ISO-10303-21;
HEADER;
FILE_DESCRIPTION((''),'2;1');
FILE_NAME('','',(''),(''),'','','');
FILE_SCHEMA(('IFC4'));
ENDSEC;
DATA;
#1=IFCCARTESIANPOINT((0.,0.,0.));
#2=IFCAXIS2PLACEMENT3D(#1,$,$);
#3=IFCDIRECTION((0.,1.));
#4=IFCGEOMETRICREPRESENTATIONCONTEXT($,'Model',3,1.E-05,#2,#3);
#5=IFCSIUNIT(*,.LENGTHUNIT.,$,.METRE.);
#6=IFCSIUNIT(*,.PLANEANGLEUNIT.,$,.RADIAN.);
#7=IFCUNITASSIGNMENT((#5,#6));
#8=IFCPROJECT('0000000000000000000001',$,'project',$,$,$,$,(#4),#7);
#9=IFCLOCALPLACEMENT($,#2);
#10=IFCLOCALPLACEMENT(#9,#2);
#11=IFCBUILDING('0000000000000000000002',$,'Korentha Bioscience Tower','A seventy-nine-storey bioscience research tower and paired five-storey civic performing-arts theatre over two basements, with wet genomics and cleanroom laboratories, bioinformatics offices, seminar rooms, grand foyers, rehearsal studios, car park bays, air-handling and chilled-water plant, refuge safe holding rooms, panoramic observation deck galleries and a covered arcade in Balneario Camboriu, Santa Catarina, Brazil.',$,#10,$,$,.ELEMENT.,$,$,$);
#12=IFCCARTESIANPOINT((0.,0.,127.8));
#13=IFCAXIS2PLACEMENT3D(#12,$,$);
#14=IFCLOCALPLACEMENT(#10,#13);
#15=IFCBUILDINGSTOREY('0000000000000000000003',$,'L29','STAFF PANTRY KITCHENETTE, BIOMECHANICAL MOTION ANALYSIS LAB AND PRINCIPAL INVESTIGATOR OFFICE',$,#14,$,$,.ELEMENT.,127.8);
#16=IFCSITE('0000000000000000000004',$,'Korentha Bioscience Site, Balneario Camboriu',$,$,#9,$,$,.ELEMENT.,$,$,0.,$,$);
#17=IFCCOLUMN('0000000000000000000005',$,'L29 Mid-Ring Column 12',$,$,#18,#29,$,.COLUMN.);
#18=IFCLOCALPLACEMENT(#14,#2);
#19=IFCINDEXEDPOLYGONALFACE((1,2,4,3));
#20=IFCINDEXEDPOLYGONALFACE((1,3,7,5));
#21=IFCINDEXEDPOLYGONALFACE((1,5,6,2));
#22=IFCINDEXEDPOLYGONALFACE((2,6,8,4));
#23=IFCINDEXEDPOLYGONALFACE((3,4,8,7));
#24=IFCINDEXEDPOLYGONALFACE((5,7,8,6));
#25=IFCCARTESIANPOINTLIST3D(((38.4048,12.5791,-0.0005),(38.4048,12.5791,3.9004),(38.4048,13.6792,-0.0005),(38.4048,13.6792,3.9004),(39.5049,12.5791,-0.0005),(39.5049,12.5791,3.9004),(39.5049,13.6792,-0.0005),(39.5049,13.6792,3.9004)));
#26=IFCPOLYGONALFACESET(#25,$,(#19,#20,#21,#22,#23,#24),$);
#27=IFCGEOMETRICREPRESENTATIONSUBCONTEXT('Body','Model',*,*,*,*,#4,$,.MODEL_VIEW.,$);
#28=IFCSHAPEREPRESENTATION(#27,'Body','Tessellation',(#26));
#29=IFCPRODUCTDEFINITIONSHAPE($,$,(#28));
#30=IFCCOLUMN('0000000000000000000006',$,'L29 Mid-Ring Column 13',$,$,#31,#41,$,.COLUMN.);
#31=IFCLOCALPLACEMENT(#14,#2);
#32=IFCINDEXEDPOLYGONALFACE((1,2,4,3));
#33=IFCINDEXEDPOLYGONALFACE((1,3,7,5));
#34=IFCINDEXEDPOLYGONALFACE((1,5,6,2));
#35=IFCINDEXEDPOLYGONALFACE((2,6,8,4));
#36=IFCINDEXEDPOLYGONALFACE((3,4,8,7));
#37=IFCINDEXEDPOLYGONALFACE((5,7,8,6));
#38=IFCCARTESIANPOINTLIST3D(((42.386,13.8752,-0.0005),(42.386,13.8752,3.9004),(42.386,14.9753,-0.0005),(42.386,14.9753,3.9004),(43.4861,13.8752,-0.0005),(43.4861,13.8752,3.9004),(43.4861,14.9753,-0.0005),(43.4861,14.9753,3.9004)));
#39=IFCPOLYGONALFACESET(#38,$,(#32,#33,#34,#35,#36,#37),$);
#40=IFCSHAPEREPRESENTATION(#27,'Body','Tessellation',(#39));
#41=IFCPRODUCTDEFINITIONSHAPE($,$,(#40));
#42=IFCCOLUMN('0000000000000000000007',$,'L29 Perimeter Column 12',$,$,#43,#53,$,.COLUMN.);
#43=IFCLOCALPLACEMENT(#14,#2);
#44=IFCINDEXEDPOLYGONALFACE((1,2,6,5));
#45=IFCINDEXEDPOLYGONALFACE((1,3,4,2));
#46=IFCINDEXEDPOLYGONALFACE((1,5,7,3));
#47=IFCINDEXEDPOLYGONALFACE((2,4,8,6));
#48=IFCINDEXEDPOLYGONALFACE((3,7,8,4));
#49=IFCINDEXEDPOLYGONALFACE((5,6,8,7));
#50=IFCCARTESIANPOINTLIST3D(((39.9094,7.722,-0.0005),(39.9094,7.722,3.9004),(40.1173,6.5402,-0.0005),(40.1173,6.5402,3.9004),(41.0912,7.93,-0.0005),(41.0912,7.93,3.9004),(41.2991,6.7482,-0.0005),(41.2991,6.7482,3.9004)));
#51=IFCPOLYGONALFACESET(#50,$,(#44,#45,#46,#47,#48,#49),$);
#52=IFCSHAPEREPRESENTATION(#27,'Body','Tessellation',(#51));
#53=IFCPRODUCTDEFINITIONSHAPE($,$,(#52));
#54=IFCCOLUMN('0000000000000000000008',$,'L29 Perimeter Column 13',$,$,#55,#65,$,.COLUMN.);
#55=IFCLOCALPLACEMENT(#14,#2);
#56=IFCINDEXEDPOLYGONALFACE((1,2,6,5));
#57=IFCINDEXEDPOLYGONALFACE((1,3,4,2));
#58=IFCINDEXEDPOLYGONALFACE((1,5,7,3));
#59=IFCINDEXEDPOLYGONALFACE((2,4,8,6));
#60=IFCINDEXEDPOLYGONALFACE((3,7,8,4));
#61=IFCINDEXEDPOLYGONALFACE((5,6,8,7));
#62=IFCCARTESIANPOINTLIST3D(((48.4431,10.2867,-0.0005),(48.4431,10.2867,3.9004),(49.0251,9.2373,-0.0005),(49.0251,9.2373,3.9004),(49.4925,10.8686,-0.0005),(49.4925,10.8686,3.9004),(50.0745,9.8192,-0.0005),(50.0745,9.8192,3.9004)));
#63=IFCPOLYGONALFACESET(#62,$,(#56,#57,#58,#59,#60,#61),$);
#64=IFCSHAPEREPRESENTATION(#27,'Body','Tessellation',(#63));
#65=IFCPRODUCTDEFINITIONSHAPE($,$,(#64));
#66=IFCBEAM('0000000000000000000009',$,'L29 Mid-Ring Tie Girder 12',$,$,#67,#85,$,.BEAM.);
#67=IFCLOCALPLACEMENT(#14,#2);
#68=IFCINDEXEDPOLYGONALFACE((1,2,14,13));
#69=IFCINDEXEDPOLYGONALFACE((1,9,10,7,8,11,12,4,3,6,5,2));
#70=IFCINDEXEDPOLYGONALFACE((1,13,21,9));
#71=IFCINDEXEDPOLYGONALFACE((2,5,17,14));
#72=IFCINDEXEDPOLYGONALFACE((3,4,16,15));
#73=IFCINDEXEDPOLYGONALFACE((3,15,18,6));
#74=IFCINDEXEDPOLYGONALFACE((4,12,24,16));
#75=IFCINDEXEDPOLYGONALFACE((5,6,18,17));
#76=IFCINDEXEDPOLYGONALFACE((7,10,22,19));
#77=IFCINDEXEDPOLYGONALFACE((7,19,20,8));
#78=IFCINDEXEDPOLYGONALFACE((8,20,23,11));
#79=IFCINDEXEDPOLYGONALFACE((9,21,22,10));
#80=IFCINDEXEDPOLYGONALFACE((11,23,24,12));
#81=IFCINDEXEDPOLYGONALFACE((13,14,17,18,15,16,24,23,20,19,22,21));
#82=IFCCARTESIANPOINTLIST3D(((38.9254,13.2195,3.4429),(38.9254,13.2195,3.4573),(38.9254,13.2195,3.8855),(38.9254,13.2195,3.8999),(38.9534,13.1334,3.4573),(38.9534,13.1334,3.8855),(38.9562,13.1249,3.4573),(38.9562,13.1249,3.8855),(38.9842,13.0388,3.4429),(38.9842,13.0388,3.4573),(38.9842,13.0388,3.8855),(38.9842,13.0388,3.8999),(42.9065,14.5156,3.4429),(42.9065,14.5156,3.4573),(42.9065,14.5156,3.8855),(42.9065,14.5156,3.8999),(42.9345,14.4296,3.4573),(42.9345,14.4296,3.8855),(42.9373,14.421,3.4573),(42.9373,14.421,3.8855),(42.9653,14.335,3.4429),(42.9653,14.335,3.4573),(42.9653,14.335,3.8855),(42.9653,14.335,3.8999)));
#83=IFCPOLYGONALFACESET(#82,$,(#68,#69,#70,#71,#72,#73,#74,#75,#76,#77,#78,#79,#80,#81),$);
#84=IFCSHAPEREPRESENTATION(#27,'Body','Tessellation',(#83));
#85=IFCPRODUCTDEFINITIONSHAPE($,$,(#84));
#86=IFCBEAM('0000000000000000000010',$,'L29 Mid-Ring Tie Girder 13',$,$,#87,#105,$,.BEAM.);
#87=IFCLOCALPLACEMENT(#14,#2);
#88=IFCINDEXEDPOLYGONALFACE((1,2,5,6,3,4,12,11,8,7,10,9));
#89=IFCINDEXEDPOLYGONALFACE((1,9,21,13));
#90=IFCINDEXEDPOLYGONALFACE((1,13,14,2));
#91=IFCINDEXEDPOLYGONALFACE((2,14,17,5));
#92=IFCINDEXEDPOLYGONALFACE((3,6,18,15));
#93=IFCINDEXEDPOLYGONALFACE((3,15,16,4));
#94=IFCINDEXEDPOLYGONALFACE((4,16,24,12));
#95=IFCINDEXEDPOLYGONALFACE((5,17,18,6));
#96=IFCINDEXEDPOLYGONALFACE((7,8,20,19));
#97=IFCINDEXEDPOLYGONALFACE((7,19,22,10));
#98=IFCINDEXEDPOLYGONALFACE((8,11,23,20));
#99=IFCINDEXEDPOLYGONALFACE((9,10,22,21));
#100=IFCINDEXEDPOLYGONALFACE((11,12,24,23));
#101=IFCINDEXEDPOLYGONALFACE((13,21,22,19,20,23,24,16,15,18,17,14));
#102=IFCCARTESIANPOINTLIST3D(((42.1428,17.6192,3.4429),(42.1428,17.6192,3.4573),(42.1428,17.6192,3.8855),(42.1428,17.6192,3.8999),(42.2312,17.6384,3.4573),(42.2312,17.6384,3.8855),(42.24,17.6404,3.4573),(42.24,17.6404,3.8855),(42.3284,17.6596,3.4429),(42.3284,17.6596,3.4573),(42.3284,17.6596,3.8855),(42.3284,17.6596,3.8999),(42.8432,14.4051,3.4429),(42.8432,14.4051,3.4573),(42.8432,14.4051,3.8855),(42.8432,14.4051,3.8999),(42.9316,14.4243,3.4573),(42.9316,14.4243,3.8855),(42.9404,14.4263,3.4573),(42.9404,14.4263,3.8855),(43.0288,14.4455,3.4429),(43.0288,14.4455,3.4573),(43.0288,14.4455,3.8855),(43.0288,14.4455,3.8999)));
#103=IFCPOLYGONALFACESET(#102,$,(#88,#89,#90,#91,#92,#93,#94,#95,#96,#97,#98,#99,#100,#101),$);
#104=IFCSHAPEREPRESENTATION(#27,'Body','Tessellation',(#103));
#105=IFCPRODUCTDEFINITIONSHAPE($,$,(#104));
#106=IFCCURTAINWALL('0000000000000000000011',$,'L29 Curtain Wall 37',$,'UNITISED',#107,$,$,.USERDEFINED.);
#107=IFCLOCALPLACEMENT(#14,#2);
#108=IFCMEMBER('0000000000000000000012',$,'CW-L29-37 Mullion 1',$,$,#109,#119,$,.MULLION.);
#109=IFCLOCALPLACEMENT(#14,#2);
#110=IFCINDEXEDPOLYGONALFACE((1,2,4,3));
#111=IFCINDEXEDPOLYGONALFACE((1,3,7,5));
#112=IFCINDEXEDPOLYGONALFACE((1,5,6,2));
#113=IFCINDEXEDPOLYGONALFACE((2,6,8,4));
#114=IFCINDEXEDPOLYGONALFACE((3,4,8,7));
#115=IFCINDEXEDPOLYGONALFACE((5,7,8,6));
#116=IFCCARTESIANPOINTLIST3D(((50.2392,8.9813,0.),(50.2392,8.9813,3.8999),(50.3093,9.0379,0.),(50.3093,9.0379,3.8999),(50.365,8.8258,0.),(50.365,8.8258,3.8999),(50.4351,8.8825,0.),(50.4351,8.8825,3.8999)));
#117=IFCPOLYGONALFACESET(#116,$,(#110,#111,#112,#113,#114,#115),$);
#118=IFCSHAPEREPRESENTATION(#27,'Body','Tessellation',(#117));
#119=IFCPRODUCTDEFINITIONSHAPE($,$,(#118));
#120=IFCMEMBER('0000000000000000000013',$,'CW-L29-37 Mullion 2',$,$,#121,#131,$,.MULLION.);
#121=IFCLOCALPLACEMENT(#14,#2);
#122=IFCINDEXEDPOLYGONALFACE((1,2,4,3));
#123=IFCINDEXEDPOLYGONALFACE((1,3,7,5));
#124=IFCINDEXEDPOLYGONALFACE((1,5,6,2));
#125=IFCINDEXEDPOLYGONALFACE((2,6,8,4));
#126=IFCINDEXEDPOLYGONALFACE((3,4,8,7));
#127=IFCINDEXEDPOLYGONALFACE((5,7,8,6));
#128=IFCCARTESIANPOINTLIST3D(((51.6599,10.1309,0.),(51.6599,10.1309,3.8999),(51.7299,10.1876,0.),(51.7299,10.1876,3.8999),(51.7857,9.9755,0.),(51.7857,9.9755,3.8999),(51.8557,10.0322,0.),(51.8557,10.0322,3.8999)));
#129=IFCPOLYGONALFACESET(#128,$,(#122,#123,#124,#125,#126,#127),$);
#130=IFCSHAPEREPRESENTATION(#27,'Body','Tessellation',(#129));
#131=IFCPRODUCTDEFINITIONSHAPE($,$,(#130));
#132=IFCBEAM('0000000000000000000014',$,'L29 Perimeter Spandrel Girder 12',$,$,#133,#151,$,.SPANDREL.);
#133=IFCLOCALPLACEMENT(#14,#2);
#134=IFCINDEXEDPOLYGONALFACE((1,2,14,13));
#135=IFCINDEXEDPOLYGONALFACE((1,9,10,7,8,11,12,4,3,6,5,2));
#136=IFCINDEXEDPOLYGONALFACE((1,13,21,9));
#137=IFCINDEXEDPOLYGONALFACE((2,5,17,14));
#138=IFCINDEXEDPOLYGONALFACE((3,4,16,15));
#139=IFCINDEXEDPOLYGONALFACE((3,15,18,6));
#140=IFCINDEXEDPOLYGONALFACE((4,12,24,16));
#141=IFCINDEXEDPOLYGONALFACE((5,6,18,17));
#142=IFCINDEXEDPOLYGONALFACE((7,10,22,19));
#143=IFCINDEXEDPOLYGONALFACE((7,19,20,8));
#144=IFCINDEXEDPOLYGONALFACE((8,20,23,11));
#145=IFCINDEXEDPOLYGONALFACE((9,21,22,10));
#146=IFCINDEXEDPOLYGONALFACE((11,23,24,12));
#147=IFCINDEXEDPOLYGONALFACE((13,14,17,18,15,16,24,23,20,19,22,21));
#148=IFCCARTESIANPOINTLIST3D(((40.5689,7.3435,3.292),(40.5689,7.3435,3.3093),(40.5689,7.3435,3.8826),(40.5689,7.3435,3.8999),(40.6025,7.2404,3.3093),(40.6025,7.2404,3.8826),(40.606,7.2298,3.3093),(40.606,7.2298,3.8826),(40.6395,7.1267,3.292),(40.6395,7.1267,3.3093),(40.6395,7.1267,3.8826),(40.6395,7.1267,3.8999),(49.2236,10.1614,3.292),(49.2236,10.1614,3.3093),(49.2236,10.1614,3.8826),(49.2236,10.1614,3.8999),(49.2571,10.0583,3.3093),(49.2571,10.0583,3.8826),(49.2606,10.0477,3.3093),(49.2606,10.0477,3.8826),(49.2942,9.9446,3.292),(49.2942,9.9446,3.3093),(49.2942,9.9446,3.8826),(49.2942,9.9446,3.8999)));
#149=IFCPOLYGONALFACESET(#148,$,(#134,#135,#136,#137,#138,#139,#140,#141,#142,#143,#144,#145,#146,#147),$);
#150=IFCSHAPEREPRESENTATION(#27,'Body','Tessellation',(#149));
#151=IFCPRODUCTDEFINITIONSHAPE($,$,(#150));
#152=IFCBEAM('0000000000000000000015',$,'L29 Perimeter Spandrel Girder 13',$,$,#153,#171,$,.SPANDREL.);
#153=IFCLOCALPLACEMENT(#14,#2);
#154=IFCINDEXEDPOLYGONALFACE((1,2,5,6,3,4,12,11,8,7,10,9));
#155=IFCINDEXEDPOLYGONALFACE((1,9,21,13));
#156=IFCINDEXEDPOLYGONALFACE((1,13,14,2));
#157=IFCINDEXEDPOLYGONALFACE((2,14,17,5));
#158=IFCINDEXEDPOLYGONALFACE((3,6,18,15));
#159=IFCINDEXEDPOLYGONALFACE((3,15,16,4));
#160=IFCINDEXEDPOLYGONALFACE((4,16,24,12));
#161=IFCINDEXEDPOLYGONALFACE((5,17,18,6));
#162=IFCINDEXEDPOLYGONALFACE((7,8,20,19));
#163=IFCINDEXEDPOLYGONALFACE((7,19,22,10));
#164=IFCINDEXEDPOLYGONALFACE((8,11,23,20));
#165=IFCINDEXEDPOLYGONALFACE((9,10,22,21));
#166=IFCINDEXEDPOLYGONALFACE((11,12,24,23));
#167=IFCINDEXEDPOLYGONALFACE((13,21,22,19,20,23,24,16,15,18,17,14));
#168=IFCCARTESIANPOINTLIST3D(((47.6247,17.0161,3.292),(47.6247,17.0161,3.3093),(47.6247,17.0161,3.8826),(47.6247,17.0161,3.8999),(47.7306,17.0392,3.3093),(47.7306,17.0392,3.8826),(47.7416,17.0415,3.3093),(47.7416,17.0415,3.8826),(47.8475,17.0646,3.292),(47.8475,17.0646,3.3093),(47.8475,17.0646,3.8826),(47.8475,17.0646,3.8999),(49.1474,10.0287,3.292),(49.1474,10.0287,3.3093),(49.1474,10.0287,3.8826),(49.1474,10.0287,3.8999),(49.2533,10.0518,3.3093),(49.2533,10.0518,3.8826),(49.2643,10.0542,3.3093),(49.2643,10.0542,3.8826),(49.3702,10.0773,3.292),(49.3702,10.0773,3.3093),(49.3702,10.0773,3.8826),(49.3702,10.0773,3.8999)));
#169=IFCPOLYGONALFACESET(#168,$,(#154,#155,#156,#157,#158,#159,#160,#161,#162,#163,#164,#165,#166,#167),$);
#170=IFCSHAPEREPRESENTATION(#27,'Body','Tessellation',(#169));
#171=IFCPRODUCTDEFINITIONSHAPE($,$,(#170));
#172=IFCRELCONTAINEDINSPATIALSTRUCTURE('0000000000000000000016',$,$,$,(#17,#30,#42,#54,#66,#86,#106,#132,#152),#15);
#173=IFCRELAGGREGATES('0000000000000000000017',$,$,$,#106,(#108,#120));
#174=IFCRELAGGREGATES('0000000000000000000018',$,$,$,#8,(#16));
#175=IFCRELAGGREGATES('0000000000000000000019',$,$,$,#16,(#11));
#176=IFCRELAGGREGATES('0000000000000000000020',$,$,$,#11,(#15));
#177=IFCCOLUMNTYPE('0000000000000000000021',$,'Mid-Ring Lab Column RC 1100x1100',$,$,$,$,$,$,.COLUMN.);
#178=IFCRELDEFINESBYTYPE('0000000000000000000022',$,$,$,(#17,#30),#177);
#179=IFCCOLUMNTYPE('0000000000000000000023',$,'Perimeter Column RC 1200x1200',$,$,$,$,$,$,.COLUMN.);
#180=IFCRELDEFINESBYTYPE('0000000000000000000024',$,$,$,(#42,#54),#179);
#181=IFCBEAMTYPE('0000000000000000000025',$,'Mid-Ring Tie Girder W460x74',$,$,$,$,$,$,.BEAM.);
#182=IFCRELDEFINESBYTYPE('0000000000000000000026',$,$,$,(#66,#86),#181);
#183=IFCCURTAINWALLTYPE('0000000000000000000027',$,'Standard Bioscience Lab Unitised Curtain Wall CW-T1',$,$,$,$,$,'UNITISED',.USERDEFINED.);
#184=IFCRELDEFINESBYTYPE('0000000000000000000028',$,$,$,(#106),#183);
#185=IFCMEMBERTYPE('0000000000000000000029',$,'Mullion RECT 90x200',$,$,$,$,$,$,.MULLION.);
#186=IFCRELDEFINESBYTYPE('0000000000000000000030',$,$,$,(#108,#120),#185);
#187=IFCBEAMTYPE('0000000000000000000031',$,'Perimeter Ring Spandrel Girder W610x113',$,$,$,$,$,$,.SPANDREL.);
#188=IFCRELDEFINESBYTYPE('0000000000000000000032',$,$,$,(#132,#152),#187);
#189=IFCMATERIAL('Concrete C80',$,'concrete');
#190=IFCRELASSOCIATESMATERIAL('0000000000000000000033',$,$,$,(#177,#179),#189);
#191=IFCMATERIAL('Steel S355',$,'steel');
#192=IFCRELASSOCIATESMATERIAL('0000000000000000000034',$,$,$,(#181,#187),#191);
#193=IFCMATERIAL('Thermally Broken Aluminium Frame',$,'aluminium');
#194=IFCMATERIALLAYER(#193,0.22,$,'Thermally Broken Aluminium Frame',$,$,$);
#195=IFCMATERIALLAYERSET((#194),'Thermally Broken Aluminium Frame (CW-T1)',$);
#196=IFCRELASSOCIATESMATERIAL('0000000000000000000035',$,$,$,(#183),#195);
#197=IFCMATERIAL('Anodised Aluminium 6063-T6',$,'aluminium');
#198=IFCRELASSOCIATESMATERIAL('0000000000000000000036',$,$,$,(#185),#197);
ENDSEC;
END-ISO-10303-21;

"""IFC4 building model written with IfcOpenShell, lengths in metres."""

from ifc_helpers import new_model, si_unit, direction, frame, origin, origin_2d, place, context, subcontext, project, spatial, rectangle, i_section, extrude, material, layer, layer_set, material_profile, profile_set, type_object, element, aggregate, save


model = new_model("IFC4")

# Units and contexts
model_context = context("Model", 3, precision=1e-05, world=origin(), true_north=direction((0.0, 1.0)))
body_context = subcontext(model_context, "Body", "Model", "MODEL_VIEW")
ifc_project = project(units=[si_unit("LENGTHUNIT", "METRE"), si_unit("PLANEANGLEUNIT", "RADIAN")], contexts=[model_context])

# Site, building, storey
site_placement = place(None, origin())
site = spatial("IfcSite", under=ifc_project, at=site_placement, Name="Korentha Bioscience Site, Balneario Camboriu", CompositionType="ELEMENT", RefElevation=0.0)
building_placement = place(site_placement, origin())
building = spatial("IfcBuilding", under=site, at=building_placement, Name="Korentha Bioscience Tower", Description="A seventy-nine-storey bioscience research tower and paired five-storey civic performing-arts theatre over two basements, with wet genomics and cleanroom laboratories, bioinformatics offices, seminar rooms, grand foyers, rehearsal studios, car park bays, air-handling and chilled-water plant, refuge safe holding rooms, panoramic observation deck galleries and a covered arcade in Balneario Camboriu, Santa Catarina, Brazil.", CompositionType="ELEMENT")
storey_placement = place(building_placement, frame((0.0, 0.0, 127.8)))
storey = spatial("IfcBuildingStorey", under=building, at=storey_placement, Name="L29", Description="STAFF PANTRY KITCHENETTE, BIOMECHANICAL MOTION ANALYSIS LAB AND PRINCIPAL INVESTIGATOR OFFICE", CompositionType="ELEMENT", Elevation=127.8)

# Columns
ifc_material_1 = material(Name="Concrete C80", Category="concrete")
ifc_material_profile_1 = material_profile(ifc_material_1, rectangle(XDim=1.1001, YDim=1.1001, at=origin_2d()), Name="Concrete C80")
ifc_profile_set_1 = profile_set([ifc_material_profile_1], Name="Concrete C80 (COL-MR11)")
column_type_1 = type_object("IfcColumnType", Name="Mid-Ring Lab Column RC 1100x1100", PredefinedType="COLUMN", material=ifc_profile_set_1)
for number, where, z_axis, x_axis, name in (
    (1, (38.9548, 13.1292, -0.0005), (0.0, 0.0, 1.0), (1.0, 0.0, 0.0), "L29 Mid-Ring Column 12"),
    (2, (42.936, 14.4253, -0.0005), (0.0, 0.0, 1.0), (1.0, 0.0, 0.0), "L29 Mid-Ring Column 13"),
):
    element("IfcColumn", number, at=place(storey_placement, frame(where, z_axis=z_axis, x_axis=x_axis)), inside=storey, type_object=column_type_1, Name=name, PredefinedType="COLUMN", context=body_context, shape_type="SweptSolid", body=[
        extrude(rectangle(XDim=1.1001, YDim=1.1001, at=origin_2d()), origin(), (0.0, 0.0, 1.0), 3.9009),
    ])
ifc_material_profile_2 = material_profile(ifc_material_1, rectangle(XDim=1.2, YDim=1.2, at=origin_2d()), Name="Concrete C80")
ifc_profile_set_2 = profile_set([ifc_material_profile_2], Name="Concrete C80 (COL-P12)")
column_type_2 = type_object("IfcColumnType", Name="Perimeter Column RC 1200x1200", PredefinedType="COLUMN", material=ifc_profile_set_2)
for number, where, z_axis, x_axis, name in (
    (3, (40.6042, 7.2351, -0.0005), (0.0, 0.0, 1.0), (0.984868, 0.173304, 0.0), "L29 Perimeter Column 12"),
    (4, (49.2588, 10.053, -0.0005), (0.0, 0.0, 1.0), (0.874535, 0.484962, 0.0), "L29 Perimeter Column 13"),
):
    element("IfcColumn", number, at=place(storey_placement, frame(where, z_axis=z_axis, x_axis=x_axis)), inside=storey, type_object=column_type_2, Name=name, PredefinedType="COLUMN", context=body_context, shape_type="SweptSolid", body=[
        extrude(rectangle(XDim=1.2, YDim=1.2, at=origin_2d()), origin(), (0.0, 0.0, 1.0), 3.9009),
    ])

# Beams
ifc_material_2 = material(Name="Steel S355", Category="steel")
ifc_material_profile_3 = material_profile(ifc_material_2, i_section(OverallWidth=0.1899, OverallDepth=0.457, WebThickness=0.009, FlangeThickness=0.0144, at=origin_2d()), Name="Steel S355")
ifc_profile_set_3 = profile_set([ifc_material_profile_3], Name="Steel S355 (MB-460)")
beam_type_1 = type_object("IfcBeamType", Name="Mid-Ring Tie Girder W460x74", PredefinedType="BEAM", material=ifc_profile_set_3)
beam_1_placement = place(storey_placement, frame((38.9548, 13.1292, 3.6714), z_axis=(0.950876, 0.309573, 0.0), x_axis=(-0.309573, 0.950876, 0.0)))
element("IfcBeam", 5, at=beam_1_placement, inside=storey, type_object=beam_type_1, Name="L29 Mid-Ring Tie Girder 12", PredefinedType="BEAM", context=body_context, shape_type="SweptSolid", body=[
    extrude(i_section(OverallWidth=0.1899, OverallDepth=0.457, WebThickness=0.009, FlangeThickness=0.0144, at=origin_2d()), origin(), (0.0, 0.0, 1.0), 4.1868),
])
beam_2_placement = place(storey_placement, frame((42.936, 14.4253, 3.6714), z_axis=(-0.212929, 0.977068, 0.0), x_axis=(-0.977068, -0.212929, 0.0)))
element("IfcBeam", 6, at=beam_2_placement, inside=storey, type_object=beam_type_1, Name="L29 Mid-Ring Tie Girder 13", PredefinedType="BEAM", context=body_context, shape_type="SweptSolid", body=[
    extrude(i_section(OverallWidth=0.1899, OverallDepth=0.457, WebThickness=0.009, FlangeThickness=0.0144, at=origin_2d()), origin(), (0.0, 0.0, 1.0), 3.2896),
])

# Curtain wall, members
ifc_material_3 = material(Name="Thermally Broken Aluminium Frame", Category="aluminium")
ifc_layer_1 = layer(ifc_material_3, 0.22, Name="Thermally Broken Aluminium Frame")
ifc_layer_set_1 = layer_set([ifc_layer_1], Name="Thermally Broken Aluminium Frame (CW-T1)")
curtain_wall_type = type_object("IfcCurtainWallType", Name="Standard Bioscience Lab Unitised Curtain Wall CW-T1", ElementType="UNITISED", PredefinedType="USERDEFINED", material=ifc_layer_set_1)
curtain_wall_placement = place(storey_placement, origin())
curtain_wall = element("IfcCurtainWall", 7, at=curtain_wall_placement, inside=storey, type_object=curtain_wall_type, Name="L29 Curtain Wall 37", ObjectType="UNITISED", PredefinedType="USERDEFINED")
ifc_material_4 = material(Name="Anodised Aluminium 6063-T6", Category="aluminium")
ifc_material_profile_4 = material_profile(ifc_material_4, rectangle(XDim=0.0901, YDim=0.2, at=origin_2d()), Name="Anodised Aluminium 6063-T6")
ifc_profile_set_4 = profile_set([ifc_material_profile_4], Name="Anodised Aluminium 6063-T6 (CW-MUL)")
member_type_1 = type_object("IfcMemberType", Name="Mullion RECT 90x200", PredefinedType="MULLION", material=ifc_profile_set_4)
member_1_placement = place(storey_placement, frame((50.3372, 8.9319, 0.0), z_axis=(0.0, 0.0, 1.0), x_axis=(0.777315, 0.629111, 0.0)))
member_1 = element("IfcMember", 8, at=member_1_placement, type_object=member_type_1, Name="CW-L29-37 Mullion 1", PredefinedType="MULLION", context=body_context, shape_type="SweptSolid", body=[
    extrude(rectangle(XDim=0.0901, YDim=0.2, at=origin_2d()), origin(), (0.0, 0.0, 1.0), 3.8999),
])
member_2_placement = place(storey_placement, frame((51.7578, 10.0815, 0.0), z_axis=(0.0, 0.0, 1.0), x_axis=(0.777315, 0.629111, 0.0)))
member_2 = element("IfcMember", 9, at=member_2_placement, type_object=member_type_1, Name="CW-L29-37 Mullion 2", PredefinedType="MULLION", context=body_context, shape_type="SweptSolid", body=[
    extrude(rectangle(XDim=0.0901, YDim=0.2, at=origin_2d()), origin(), (0.0, 0.0, 1.0), 3.8999),
])

# Beams
ifc_material_profile_5 = material_profile(ifc_material_2, i_section(OverallWidth=0.228, OverallDepth=0.6079, WebThickness=0.0112, FlangeThickness=0.0173, at=origin_2d()), Name="Steel S355")
ifc_profile_set_5 = profile_set([ifc_material_profile_5], Name="Steel S355 (SB-610)")
beam_type_2 = type_object("IfcBeamType", Name="Perimeter Ring Spandrel Girder W610x113", PredefinedType="SPANDREL", material=ifc_profile_set_5)
beam_3_placement = place(storey_placement, frame((40.6042, 7.2351, 3.5959), z_axis=(0.950868, 0.309597, 0.0), x_axis=(-0.309597, 0.950868, 0.0)))
element("IfcBeam", 10, at=beam_3_placement, inside=storey, type_object=beam_type_2, Name="L29 Perimeter Spandrel Girder 12", PredefinedType="SPANDREL", context=body_context, shape_type="SweptSolid", body=[
    extrude(i_section(OverallWidth=0.228, OverallDepth=0.6079, WebThickness=0.0112, FlangeThickness=0.0173, at=origin_2d()), origin(), (0.0, 0.0, 1.0), 9.1018),
])
beam_4_placement = place(storey_placement, frame((49.2588, 10.053, 3.5959), z_axis=(-0.212927, 0.977068, 0.0), x_axis=(-0.977068, -0.212927, 0.0)))
element("IfcBeam", 11, at=beam_4_placement, inside=storey, type_object=beam_type_2, Name="L29 Perimeter Spandrel Girder 13", PredefinedType="SPANDREL", context=body_context, shape_type="SweptSolid", body=[
    extrude(i_section(OverallWidth=0.228, OverallDepth=0.6079, WebThickness=0.0112, FlangeThickness=0.0173, at=origin_2d()), origin(), (0.0, 0.0, 1.0), 7.1514),
])

aggregate(curtain_wall, [member_1, member_2])

save(model, "model.ifc")
